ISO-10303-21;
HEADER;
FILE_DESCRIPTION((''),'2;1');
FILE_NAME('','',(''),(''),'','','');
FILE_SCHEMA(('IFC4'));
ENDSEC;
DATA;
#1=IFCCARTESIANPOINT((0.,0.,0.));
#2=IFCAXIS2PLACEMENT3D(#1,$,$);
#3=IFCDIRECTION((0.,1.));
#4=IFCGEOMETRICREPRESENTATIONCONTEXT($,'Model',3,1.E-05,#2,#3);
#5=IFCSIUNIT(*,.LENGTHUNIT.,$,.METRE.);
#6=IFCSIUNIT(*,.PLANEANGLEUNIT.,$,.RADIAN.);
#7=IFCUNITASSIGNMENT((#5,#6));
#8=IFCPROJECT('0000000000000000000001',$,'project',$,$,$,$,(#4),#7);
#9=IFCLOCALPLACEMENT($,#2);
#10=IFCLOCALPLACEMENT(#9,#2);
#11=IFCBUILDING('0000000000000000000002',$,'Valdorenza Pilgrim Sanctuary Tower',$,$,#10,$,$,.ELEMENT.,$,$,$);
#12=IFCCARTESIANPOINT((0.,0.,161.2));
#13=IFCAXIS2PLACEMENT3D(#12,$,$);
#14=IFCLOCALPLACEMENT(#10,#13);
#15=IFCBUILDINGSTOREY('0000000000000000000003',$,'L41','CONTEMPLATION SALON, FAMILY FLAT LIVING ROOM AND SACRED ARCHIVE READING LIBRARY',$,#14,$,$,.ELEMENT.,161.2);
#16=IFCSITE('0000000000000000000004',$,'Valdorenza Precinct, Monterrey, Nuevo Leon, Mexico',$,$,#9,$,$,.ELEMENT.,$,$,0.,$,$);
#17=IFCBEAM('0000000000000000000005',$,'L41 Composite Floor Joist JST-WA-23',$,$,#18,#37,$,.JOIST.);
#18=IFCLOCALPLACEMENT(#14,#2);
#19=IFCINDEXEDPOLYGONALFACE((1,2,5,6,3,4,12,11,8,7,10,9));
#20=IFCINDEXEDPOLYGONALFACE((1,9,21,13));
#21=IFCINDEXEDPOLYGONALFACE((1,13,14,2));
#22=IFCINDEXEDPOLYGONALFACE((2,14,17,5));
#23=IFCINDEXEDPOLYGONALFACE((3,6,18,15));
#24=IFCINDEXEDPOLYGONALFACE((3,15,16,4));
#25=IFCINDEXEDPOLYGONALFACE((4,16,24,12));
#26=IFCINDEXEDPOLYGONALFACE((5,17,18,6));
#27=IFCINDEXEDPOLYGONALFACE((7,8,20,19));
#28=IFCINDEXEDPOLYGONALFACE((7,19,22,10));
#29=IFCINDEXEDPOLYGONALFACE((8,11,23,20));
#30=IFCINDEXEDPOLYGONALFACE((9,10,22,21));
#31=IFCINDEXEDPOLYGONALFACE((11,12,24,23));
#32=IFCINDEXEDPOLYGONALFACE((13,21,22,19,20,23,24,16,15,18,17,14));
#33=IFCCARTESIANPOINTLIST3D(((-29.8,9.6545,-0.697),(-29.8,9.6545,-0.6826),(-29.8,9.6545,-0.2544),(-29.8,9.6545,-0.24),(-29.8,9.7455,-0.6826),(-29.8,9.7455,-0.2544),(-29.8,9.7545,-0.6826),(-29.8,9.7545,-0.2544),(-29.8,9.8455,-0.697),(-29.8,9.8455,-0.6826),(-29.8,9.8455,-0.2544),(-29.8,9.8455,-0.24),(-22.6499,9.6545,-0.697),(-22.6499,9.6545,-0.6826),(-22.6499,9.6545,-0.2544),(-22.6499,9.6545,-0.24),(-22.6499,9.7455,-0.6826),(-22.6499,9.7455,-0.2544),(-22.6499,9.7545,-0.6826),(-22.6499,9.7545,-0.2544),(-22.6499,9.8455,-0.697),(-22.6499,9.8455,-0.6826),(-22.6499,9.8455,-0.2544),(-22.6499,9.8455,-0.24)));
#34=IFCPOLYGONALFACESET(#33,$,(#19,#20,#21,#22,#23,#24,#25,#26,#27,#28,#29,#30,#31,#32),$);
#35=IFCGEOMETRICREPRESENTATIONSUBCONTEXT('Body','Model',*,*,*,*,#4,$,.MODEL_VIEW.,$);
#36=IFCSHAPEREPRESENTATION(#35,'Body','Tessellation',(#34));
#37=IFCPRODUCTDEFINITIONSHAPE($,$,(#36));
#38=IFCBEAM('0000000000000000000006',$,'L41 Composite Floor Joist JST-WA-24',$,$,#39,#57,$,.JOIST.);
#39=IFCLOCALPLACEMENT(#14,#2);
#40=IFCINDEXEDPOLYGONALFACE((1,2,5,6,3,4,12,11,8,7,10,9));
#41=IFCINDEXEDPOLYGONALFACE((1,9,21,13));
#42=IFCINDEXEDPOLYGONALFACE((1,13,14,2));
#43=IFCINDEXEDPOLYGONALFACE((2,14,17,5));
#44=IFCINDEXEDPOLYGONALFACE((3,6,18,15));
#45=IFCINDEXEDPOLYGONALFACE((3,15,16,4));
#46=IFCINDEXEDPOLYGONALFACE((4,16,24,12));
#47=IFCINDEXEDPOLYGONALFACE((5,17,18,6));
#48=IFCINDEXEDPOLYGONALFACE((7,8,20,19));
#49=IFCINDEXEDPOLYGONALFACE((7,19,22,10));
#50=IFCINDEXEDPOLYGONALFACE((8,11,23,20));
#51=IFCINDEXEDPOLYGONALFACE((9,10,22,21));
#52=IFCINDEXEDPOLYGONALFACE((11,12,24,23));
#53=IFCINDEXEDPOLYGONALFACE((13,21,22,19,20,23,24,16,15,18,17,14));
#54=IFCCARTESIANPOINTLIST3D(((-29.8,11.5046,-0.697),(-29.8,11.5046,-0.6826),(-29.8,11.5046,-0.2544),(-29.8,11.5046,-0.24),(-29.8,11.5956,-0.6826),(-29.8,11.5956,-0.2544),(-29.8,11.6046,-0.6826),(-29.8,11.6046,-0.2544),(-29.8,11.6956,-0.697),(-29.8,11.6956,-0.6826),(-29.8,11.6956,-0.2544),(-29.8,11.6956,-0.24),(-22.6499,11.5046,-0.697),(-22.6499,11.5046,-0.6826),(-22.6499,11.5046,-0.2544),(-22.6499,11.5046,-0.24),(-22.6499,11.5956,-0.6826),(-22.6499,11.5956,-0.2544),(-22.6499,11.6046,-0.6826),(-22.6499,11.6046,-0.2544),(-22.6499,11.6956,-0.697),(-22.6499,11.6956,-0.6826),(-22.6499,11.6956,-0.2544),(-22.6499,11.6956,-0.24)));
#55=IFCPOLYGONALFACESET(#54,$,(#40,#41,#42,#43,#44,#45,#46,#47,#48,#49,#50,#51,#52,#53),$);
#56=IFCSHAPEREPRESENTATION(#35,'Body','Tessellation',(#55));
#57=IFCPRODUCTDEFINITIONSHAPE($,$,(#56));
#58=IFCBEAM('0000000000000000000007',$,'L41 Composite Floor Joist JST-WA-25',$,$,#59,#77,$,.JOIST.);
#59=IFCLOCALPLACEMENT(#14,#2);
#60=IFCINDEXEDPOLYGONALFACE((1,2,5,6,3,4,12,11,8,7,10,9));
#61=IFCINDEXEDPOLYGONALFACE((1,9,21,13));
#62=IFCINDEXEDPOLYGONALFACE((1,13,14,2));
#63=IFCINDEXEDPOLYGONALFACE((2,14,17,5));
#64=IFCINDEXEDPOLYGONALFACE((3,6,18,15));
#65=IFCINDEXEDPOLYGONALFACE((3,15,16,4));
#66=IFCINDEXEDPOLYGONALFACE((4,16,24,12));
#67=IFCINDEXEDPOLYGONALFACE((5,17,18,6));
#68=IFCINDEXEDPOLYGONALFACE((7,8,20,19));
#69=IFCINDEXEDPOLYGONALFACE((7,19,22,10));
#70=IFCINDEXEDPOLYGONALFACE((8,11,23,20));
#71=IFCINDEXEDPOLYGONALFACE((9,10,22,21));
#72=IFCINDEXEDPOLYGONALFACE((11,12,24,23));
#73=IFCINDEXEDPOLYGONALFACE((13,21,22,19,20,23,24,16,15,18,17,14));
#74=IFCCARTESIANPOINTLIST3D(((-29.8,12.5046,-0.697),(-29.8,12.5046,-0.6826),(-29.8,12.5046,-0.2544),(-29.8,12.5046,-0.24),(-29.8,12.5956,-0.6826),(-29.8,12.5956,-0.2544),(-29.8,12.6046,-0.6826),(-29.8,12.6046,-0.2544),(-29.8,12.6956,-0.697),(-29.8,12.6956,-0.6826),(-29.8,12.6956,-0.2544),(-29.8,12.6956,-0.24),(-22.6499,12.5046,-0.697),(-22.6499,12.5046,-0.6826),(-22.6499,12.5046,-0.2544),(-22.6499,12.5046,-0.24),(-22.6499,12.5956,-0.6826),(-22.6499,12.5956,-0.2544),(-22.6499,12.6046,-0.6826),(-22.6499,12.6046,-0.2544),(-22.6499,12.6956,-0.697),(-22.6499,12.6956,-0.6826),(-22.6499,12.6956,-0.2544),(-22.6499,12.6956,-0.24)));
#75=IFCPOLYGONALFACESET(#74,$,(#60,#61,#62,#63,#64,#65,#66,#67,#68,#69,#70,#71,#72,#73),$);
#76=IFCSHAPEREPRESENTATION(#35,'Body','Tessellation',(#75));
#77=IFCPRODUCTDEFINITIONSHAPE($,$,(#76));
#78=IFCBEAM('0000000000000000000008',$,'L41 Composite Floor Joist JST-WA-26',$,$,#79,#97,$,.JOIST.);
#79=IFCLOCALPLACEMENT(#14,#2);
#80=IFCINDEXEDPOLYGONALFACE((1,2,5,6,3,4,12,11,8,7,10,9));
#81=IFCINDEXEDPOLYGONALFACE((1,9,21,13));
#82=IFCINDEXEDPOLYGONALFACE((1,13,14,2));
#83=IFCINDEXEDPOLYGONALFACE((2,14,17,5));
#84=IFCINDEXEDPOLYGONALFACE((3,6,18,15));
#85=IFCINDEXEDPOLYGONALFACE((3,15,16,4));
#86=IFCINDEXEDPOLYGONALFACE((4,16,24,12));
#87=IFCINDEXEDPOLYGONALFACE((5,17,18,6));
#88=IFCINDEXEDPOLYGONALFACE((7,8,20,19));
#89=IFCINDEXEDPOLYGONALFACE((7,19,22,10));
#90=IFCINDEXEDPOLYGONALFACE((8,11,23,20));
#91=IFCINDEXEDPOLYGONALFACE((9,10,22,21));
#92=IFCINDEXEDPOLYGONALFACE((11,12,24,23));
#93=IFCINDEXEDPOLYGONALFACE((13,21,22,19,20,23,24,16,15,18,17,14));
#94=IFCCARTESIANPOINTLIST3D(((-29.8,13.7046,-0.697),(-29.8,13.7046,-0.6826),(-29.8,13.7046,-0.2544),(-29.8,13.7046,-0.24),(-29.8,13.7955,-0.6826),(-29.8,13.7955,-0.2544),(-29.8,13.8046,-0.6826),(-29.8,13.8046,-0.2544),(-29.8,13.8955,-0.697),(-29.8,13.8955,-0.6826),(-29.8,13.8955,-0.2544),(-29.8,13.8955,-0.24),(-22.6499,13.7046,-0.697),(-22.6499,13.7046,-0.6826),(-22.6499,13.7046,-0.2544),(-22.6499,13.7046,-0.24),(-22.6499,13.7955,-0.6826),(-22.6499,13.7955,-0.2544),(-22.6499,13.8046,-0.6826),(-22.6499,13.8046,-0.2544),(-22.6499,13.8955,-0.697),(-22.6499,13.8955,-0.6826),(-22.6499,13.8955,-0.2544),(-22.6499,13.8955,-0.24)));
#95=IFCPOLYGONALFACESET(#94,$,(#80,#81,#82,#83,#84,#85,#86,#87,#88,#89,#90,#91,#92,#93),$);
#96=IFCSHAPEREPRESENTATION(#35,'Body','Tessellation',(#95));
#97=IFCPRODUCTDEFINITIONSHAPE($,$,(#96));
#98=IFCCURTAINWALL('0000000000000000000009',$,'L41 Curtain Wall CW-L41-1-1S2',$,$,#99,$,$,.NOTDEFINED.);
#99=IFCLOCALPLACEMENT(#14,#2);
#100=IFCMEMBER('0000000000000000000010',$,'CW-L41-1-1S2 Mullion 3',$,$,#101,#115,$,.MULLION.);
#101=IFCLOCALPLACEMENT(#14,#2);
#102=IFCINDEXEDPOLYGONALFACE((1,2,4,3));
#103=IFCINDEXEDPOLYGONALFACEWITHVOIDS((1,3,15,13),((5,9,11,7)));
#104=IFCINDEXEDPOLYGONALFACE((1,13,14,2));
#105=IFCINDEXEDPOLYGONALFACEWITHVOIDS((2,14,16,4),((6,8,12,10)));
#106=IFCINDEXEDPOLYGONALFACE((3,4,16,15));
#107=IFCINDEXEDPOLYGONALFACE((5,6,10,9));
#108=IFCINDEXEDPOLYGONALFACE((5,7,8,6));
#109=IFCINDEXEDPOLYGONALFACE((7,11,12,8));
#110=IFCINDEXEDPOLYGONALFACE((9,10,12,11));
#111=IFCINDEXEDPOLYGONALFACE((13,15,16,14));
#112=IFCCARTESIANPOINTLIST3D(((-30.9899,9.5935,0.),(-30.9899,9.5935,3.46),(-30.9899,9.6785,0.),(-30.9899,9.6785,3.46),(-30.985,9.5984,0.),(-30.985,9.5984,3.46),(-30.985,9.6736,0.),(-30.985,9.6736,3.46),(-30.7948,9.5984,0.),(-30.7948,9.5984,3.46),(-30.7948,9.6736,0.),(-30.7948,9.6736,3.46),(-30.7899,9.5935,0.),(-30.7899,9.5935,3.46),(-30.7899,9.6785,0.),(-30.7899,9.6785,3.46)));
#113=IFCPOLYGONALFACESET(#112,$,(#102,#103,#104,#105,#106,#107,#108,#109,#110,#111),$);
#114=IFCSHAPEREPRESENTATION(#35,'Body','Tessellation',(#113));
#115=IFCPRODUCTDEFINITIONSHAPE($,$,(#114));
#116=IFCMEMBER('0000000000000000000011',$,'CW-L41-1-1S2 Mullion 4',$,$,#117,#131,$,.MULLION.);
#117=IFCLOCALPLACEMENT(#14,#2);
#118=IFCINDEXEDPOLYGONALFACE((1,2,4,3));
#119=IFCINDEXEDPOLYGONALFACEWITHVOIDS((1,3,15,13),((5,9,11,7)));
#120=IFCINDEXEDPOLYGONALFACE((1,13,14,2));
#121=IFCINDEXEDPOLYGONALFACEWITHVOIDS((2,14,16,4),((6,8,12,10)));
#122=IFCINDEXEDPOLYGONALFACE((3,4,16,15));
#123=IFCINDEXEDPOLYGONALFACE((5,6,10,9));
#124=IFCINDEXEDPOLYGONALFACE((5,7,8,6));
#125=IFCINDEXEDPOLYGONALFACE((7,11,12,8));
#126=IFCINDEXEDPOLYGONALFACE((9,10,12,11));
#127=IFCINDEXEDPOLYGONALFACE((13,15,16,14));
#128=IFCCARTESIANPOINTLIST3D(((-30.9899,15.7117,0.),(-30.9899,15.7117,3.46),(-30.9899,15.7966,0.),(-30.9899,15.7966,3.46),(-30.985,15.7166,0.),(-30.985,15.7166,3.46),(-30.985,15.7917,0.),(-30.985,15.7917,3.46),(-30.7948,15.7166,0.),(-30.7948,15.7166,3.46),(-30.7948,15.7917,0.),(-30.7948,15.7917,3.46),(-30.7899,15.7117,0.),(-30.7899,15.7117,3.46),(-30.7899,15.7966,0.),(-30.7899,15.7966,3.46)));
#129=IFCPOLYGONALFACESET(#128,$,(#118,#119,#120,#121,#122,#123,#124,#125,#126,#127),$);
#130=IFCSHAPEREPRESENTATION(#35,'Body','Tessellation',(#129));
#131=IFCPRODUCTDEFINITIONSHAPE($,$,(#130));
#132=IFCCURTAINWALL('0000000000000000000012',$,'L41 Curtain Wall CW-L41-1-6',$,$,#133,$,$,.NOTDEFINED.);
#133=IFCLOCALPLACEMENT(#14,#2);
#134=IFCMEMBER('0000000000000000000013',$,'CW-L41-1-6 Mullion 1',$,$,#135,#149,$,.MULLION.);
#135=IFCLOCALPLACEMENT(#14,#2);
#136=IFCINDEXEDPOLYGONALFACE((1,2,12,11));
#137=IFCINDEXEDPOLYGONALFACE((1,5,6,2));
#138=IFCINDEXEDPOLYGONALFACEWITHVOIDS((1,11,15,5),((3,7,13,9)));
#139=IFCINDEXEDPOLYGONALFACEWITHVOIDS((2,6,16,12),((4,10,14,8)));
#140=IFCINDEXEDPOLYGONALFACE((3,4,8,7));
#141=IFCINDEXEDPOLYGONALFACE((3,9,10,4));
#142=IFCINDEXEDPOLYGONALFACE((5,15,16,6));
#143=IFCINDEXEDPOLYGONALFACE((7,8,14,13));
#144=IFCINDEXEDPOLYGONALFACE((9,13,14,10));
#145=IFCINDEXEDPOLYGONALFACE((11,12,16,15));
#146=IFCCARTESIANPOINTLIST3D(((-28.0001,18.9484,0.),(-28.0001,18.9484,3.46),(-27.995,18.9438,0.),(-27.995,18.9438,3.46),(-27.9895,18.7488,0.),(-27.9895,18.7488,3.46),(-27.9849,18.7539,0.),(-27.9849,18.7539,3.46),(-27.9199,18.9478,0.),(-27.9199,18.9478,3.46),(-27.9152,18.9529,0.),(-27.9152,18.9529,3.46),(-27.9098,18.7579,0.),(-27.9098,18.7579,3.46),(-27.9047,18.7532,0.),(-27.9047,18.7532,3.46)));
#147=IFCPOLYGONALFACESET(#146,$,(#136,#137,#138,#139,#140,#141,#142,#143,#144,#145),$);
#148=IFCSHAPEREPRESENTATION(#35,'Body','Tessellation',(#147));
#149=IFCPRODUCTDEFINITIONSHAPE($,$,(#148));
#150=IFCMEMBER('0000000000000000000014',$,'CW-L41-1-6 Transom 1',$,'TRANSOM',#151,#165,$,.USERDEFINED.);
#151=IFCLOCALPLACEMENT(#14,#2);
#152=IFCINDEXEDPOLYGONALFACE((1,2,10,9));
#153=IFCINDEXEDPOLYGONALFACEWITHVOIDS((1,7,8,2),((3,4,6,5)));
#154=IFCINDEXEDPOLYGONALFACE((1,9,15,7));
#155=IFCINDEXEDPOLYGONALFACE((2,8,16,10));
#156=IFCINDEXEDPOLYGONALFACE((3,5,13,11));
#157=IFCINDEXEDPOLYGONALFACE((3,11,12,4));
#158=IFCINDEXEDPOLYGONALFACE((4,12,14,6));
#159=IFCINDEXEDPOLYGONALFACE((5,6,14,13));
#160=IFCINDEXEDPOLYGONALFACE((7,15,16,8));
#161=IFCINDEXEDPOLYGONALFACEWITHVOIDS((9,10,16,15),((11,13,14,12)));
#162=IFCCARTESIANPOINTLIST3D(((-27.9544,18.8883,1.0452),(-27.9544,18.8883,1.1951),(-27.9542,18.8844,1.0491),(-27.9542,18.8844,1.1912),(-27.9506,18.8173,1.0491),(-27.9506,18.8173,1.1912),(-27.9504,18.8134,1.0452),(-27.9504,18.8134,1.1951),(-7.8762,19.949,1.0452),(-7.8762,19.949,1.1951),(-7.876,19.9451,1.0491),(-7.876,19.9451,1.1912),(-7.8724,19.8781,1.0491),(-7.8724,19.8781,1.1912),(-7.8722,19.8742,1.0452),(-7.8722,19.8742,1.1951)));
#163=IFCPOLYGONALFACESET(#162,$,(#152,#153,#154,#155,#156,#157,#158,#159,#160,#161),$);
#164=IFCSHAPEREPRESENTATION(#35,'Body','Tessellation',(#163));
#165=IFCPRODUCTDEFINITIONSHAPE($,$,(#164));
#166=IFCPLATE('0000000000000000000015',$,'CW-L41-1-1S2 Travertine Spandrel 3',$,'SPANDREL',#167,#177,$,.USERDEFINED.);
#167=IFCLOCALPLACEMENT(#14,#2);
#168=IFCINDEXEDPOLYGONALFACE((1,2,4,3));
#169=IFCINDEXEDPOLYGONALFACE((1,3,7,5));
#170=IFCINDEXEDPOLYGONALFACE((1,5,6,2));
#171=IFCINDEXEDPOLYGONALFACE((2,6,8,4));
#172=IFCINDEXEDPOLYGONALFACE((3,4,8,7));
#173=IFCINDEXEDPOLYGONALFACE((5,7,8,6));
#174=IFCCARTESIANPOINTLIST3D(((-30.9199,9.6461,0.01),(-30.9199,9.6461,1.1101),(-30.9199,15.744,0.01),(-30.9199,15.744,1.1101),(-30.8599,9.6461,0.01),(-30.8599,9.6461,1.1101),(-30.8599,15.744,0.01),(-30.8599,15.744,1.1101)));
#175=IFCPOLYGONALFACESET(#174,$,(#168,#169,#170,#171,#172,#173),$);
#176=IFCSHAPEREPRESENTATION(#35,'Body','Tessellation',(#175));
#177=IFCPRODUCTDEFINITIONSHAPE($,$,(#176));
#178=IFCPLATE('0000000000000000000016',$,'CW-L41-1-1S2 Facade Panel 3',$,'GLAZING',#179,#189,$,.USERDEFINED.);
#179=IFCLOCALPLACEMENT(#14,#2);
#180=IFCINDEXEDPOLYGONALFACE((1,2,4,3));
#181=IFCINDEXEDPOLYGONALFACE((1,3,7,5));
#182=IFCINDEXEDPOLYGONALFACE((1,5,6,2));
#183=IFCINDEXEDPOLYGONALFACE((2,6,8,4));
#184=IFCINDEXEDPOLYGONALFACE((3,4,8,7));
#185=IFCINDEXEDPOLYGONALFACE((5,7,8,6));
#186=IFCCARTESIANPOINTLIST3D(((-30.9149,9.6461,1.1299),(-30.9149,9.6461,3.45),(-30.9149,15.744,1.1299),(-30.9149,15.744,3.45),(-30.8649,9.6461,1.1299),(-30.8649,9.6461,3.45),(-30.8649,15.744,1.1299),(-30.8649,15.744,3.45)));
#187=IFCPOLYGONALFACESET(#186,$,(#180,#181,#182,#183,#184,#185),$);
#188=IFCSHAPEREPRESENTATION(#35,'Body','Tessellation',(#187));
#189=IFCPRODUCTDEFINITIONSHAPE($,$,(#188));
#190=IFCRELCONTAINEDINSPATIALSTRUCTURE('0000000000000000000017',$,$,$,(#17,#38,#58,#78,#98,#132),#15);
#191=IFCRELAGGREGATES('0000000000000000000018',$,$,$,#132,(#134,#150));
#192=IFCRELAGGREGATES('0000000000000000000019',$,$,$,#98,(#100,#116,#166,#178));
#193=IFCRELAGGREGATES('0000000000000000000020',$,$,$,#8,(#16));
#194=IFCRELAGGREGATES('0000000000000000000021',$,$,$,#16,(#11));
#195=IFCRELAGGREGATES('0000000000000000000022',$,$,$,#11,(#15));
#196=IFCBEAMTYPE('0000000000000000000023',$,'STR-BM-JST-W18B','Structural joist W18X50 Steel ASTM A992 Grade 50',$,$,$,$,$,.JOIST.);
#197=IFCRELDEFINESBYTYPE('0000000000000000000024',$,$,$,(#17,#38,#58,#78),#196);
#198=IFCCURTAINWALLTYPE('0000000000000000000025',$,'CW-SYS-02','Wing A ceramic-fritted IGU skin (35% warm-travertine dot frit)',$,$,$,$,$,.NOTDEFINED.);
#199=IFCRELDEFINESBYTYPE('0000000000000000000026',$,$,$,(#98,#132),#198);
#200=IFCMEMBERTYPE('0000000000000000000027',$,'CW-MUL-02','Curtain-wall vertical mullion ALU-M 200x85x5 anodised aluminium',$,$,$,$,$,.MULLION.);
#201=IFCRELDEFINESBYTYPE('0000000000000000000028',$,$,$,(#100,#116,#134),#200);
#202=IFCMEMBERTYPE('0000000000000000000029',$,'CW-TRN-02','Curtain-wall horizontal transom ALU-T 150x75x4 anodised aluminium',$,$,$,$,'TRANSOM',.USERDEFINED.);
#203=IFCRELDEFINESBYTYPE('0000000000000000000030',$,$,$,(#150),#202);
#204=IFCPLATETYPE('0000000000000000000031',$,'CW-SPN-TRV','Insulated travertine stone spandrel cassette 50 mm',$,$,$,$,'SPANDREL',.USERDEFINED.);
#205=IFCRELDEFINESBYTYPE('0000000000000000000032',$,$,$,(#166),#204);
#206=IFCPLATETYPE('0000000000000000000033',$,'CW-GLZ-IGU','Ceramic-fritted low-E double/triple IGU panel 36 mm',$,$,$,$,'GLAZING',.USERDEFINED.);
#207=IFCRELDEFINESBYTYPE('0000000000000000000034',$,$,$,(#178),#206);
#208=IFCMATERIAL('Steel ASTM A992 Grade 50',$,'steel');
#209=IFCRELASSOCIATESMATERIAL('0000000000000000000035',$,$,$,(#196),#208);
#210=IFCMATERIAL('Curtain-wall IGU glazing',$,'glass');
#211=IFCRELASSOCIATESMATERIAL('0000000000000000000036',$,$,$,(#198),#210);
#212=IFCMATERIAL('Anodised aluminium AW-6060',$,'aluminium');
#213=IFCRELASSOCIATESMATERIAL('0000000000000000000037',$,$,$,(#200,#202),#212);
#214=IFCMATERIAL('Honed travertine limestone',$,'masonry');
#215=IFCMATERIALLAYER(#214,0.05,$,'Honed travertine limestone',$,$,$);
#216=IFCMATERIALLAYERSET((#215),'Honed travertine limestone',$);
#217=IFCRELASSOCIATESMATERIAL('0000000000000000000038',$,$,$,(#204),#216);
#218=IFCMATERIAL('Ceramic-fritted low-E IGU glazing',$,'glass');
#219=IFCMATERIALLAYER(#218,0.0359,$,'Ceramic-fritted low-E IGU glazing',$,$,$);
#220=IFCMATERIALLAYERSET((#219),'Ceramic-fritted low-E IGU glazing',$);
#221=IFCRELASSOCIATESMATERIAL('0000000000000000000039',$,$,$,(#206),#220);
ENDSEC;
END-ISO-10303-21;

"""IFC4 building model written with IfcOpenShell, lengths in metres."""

from ifc_helpers import new_model, si_unit, direction, frame, origin, origin_2d, place, context, subcontext, project, spatial, rectangle, hollow_rectangle, i_section, extrude, source, transform, mapped, material, layer, layer_set, material_profile, profile_set, type_object, element, aggregate, save


model = new_model("IFC4")

# Units and contexts
model_context = context("Model", 3, precision=1e-05, world=origin(), true_north=direction((0.0, 1.0)))
body_context = subcontext(model_context, "Body", "Model", "MODEL_VIEW")
ifc_project = project(units=[si_unit("LENGTHUNIT", "METRE"), si_unit("PLANEANGLEUNIT", "RADIAN")], contexts=[model_context])

# Site, building, storey
site_placement = place(None, origin())
site = spatial("IfcSite", under=ifc_project, at=site_placement, Name="Valdorenza Precinct, Monterrey, Nuevo Leon, Mexico", CompositionType="ELEMENT", RefElevation=0.0)
building_placement = place(site_placement, origin())
building = spatial("IfcBuilding", under=site, at=building_placement, Name="Valdorenza Pilgrim Sanctuary Tower", CompositionType="ELEMENT")
storey_placement = place(building_placement, frame((0.0, 0.0, 161.2)))
storey = spatial("IfcBuildingStorey", under=building, at=storey_placement, Name="L41", Description="CONTEMPLATION SALON, FAMILY FLAT LIVING ROOM AND SACRED ARCHIVE READING LIBRARY", CompositionType="ELEMENT", Elevation=161.2)

# Beams
ifc_material_1 = material(Name="Steel ASTM A992 Grade 50", Category="steel")
ifc_material_profile_1 = material_profile(ifc_material_1, i_section(OverallWidth=0.1909, OverallDepth=0.457, WebThickness=0.009, FlangeThickness=0.0144, at=origin_2d()), Name="W18X50")
ifc_profile_set_1 = profile_set([ifc_material_profile_1], Name="Steel ASTM A992 Grade 50")
beam_type_1 = type_object("IfcBeamType", Name="STR-BM-JST-W18B", Description="Structural joist W18X50 Steel ASTM A992 Grade 50", PredefinedType="JOIST", material=ifc_profile_set_1)
shared_shape_1 = source(origin(), body_context, "Body", "SweptSolid", [
    extrude(i_section(OverallWidth=0.1909, OverallDepth=0.457, WebThickness=0.009, FlangeThickness=0.0144, at=origin_2d()), origin(), (0.0, 0.0, 1.0), 7.1501),
])
for number, where, z_axis, x_axis, name in (
    (1, (-29.8, 9.75, -0.4685), (1.0, 0.0, 0.0), (0.0, 1.0, 0.0), "L41 Composite Floor Joist JST-WA-23"),
    (2, (-29.8, 11.6001, -0.4685), (1.0, 0.0, 0.0), (0.0, 1.0, 0.0), "L41 Composite Floor Joist JST-WA-24"),
    (3, (-29.8, 12.6001, -0.4685), (1.0, 0.0, 0.0), (0.0, 1.0, 0.0), "L41 Composite Floor Joist JST-WA-25"),
    (4, (-29.8, 13.8, -0.4685), (1.0, 0.0, 0.0), (0.0, 1.0, 0.0), "L41 Composite Floor Joist JST-WA-26"),
):
    element("IfcBeam", number, at=place(storey_placement, frame(where, z_axis=z_axis, x_axis=x_axis)), inside=storey, type_object=beam_type_1, Name=name, PredefinedType="JOIST", context=body_context, shape_type="MappedRepresentation", body=[
        mapped(shared_shape_1, transform((0.0, 0.0, 0.0), x_axis=(1.0, 0.0, 0.0), y_axis=(0.0, 1.0, 0.0), z_axis=(0.0, 0.0, 1.0), scale=1.0)),
    ])

# Curtain walls, members
ifc_material_2 = material(Name="Curtain-wall IGU glazing", Category="glass")
curtain_wall_type = type_object("IfcCurtainWallType", Name="CW-SYS-02", Description="Wing A ceramic-fritted IGU skin (35% warm-travertine dot frit)", PredefinedType="NOTDEFINED", material=ifc_material_2)
curtain_wall_1_placement = place(storey_placement, origin())
curtain_wall_1 = element("IfcCurtainWall", 5, at=curtain_wall_1_placement, inside=storey, type_object=curtain_wall_type, Name="L41 Curtain Wall CW-L41-1-1S2", PredefinedType="NOTDEFINED")
ifc_material_3 = material(Name="Anodised aluminium AW-6060", Category="aluminium")
ifc_material_profile_2 = material_profile(ifc_material_3, hollow_rectangle(XDim=0.085, YDim=0.2, WallThickness=0.0049, at=origin_2d()), Name="ALU-M 200x85x5")
ifc_profile_set_2 = profile_set([ifc_material_profile_2], Name="Anodised aluminium AW-6060")
member_type_1 = type_object("IfcMemberType", Name="CW-MUL-02", Description="Curtain-wall vertical mullion ALU-M 200x85x5 anodised aluminium", PredefinedType="MULLION", material=ifc_profile_set_2)
shared_shape_2 = source(origin(), body_context, "Body", "SweptSolid", [
    extrude(hollow_rectangle(XDim=0.085, YDim=0.2, WallThickness=0.0049, at=origin_2d()), origin(), (0.0, 0.0, 1.0), 3.46),
])
member_1_placement = place(storey_placement, frame((-30.8899, 9.636, 0.0), z_axis=(0.0, 0.0, 1.0), x_axis=(0.0, 1.0, 0.0)))
member_1 = element("IfcMember", 6, at=member_1_placement, type_object=member_type_1, Name="CW-L41-1-1S2 Mullion 3", PredefinedType="MULLION", context=body_context, shape_type="MappedRepresentation", body=[
    mapped(shared_shape_2, transform((0.0, 0.0, 0.0), x_axis=(1.0, 0.0, 0.0), y_axis=(0.0, 1.0, 0.0), z_axis=(0.0, 0.0, 1.0), scale=1.0)),
])
member_2_placement = place(storey_placement, frame((-30.8899, 15.7542, 0.0), z_axis=(0.0, 0.0, 1.0), x_axis=(0.0, 1.0, 0.0)))
member_2 = element("IfcMember", 7, at=member_2_placement, type_object=member_type_1, Name="CW-L41-1-1S2 Mullion 4", PredefinedType="MULLION", context=body_context, shape_type="MappedRepresentation", body=[
    mapped(shared_shape_2, transform((0.0, 0.0, 0.0), x_axis=(1.0, 0.0, 0.0), y_axis=(0.0, 1.0, 0.0), z_axis=(0.0, 0.0, 1.0), scale=1.0)),
])
curtain_wall_2_placement = place(storey_placement, origin())
curtain_wall_2 = element("IfcCurtainWall", 8, at=curtain_wall_2_placement, inside=storey, type_object=curtain_wall_type, Name="L41 Curtain Wall CW-L41-1-6", PredefinedType="NOTDEFINED")
member_3_placement = place(storey_placement, frame((-27.9524, 18.8508, 0.0), z_axis=(0.0, 0.0, 1.0), x_axis=(0.998608, 0.052754, 0.0)))
member_3 = element("IfcMember", 9, at=member_3_placement, type_object=member_type_1, Name="CW-L41-1-6 Mullion 1", PredefinedType="MULLION", context=body_context, shape_type="MappedRepresentation", body=[
    mapped(shared_shape_2, transform((0.0, 0.0, 0.0), x_axis=(1.0, 0.0, 0.0), y_axis=(0.0, 1.0, 0.0), z_axis=(0.0, 0.0, 1.0), scale=1.0)),
])
ifc_material_profile_3 = material_profile(ifc_material_3, hollow_rectangle(XDim=0.075, YDim=0.1499, WallThickness=0.0039, at=origin_2d()), Name="ALU-T 150x75x4")
ifc_profile_set_3 = profile_set([ifc_material_profile_3], Name="Anodised aluminium AW-6060")
member_type_2 = type_object("IfcMemberType", Name="CW-TRN-02", Description="Curtain-wall horizontal transom ALU-T 150x75x4 anodised aluminium", ElementType="TRANSOM", PredefinedType="USERDEFINED", material=ifc_profile_set_3)
shared_shape_3 = source(origin(), body_context, "Body", "SweptSolid", [
    extrude(hollow_rectangle(XDim=0.075, YDim=0.1499, WallThickness=0.0039, at=origin_2d()), origin(), (0.0, 0.0, 1.0), 20.1062),
])
member_4_placement = place(storey_placement, frame((-27.9524, 18.8508, 1.1201), z_axis=(0.998607, 0.05276, 0.0), x_axis=(-0.05276, 0.998607, 0.0)))
member_4 = element("IfcMember", 10, at=member_4_placement, type_object=member_type_2, Name="CW-L41-1-6 Transom 1", ObjectType="TRANSOM", PredefinedType="USERDEFINED", context=body_context, shape_type="MappedRepresentation", body=[
    mapped(shared_shape_3, transform((0.0, 0.0, 0.0), x_axis=(1.0, 0.0, 0.0), y_axis=(0.0, 1.0, 0.0), z_axis=(0.0, 0.0, 1.0), scale=1.0)),
])
aggregate(curtain_wall_2, [member_3, member_4])

# Plates
ifc_material_4 = material(Name="Honed travertine limestone", Category="masonry")
ifc_layer_1 = layer(ifc_material_4, 0.05, Name="Honed travertine limestone")
ifc_layer_set_1 = layer_set([ifc_layer_1], Name="Honed travertine limestone")
plate_type_1 = type_object("IfcPlateType", Name="CW-SPN-TRV", Description="Insulated travertine stone spandrel cassette 50 mm", ElementType="SPANDREL", PredefinedType="USERDEFINED", material=ifc_layer_set_1)
shared_shape_4 = source(origin(), body_context, "Body", "SweptSolid", [
    extrude(rectangle(XDim=6.0979, YDim=0.0601, at=origin_2d()), origin(), (0.0, 0.0, 1.0), 1.1001),
])
plate_1_placement = place(storey_placement, frame((-30.8899, 12.6951, 0.01), z_axis=(0.0, 0.0, 1.0), x_axis=(0.0, 1.0, 0.0)))
plate_1 = element("IfcPlate", 11, at=plate_1_placement, type_object=plate_type_1, Name="CW-L41-1-1S2 Travertine Spandrel 3", ObjectType="SPANDREL", PredefinedType="USERDEFINED", context=body_context, shape_type="MappedRepresentation", body=[
    mapped(shared_shape_4, transform((0.0, 0.0, 0.0), x_axis=(1.0, 0.0, 0.0), y_axis=(0.0, 1.0, 0.0), z_axis=(0.0, 0.0, 1.0), scale=1.0)),
])
ifc_material_5 = material(Name="Ceramic-fritted low-E IGU glazing", Category="glass")
ifc_layer_2 = layer(ifc_material_5, 0.0359, Name="Ceramic-fritted low-E IGU glazing")
ifc_layer_set_2 = layer_set([ifc_layer_2], Name="Ceramic-fritted low-E IGU glazing")
plate_type_2 = type_object("IfcPlateType", Name="CW-GLZ-IGU", Description="Ceramic-fritted low-E double/triple IGU panel 36 mm", ElementType="GLAZING", PredefinedType="USERDEFINED", material=ifc_layer_set_2)
shared_shape_5 = source(origin(), body_context, "Body", "SweptSolid", [
    extrude(rectangle(XDim=6.0979, YDim=0.05, at=origin_2d()), origin(), (0.0, 0.0, 1.0), 2.3201),
])
plate_2_placement = place(storey_placement, frame((-30.8899, 12.6951, 1.1299), z_axis=(0.0, 0.0, 1.0), x_axis=(0.0, 1.0, 0.0)))
plate_2 = element("IfcPlate", 12, at=plate_2_placement, type_object=plate_type_2, Name="CW-L41-1-1S2 Facade Panel 3", ObjectType="GLAZING", PredefinedType="USERDEFINED", context=body_context, shape_type="MappedRepresentation", body=[
    mapped(shared_shape_5, transform((0.0, 0.0, 0.0), x_axis=(1.0, 0.0, 0.0), y_axis=(0.0, 1.0, 0.0), z_axis=(0.0, 0.0, 1.0), scale=1.0)),
])
aggregate(curtain_wall_1, [member_1, member_2, plate_1, plate_2])

save(model, "model.ifc")
